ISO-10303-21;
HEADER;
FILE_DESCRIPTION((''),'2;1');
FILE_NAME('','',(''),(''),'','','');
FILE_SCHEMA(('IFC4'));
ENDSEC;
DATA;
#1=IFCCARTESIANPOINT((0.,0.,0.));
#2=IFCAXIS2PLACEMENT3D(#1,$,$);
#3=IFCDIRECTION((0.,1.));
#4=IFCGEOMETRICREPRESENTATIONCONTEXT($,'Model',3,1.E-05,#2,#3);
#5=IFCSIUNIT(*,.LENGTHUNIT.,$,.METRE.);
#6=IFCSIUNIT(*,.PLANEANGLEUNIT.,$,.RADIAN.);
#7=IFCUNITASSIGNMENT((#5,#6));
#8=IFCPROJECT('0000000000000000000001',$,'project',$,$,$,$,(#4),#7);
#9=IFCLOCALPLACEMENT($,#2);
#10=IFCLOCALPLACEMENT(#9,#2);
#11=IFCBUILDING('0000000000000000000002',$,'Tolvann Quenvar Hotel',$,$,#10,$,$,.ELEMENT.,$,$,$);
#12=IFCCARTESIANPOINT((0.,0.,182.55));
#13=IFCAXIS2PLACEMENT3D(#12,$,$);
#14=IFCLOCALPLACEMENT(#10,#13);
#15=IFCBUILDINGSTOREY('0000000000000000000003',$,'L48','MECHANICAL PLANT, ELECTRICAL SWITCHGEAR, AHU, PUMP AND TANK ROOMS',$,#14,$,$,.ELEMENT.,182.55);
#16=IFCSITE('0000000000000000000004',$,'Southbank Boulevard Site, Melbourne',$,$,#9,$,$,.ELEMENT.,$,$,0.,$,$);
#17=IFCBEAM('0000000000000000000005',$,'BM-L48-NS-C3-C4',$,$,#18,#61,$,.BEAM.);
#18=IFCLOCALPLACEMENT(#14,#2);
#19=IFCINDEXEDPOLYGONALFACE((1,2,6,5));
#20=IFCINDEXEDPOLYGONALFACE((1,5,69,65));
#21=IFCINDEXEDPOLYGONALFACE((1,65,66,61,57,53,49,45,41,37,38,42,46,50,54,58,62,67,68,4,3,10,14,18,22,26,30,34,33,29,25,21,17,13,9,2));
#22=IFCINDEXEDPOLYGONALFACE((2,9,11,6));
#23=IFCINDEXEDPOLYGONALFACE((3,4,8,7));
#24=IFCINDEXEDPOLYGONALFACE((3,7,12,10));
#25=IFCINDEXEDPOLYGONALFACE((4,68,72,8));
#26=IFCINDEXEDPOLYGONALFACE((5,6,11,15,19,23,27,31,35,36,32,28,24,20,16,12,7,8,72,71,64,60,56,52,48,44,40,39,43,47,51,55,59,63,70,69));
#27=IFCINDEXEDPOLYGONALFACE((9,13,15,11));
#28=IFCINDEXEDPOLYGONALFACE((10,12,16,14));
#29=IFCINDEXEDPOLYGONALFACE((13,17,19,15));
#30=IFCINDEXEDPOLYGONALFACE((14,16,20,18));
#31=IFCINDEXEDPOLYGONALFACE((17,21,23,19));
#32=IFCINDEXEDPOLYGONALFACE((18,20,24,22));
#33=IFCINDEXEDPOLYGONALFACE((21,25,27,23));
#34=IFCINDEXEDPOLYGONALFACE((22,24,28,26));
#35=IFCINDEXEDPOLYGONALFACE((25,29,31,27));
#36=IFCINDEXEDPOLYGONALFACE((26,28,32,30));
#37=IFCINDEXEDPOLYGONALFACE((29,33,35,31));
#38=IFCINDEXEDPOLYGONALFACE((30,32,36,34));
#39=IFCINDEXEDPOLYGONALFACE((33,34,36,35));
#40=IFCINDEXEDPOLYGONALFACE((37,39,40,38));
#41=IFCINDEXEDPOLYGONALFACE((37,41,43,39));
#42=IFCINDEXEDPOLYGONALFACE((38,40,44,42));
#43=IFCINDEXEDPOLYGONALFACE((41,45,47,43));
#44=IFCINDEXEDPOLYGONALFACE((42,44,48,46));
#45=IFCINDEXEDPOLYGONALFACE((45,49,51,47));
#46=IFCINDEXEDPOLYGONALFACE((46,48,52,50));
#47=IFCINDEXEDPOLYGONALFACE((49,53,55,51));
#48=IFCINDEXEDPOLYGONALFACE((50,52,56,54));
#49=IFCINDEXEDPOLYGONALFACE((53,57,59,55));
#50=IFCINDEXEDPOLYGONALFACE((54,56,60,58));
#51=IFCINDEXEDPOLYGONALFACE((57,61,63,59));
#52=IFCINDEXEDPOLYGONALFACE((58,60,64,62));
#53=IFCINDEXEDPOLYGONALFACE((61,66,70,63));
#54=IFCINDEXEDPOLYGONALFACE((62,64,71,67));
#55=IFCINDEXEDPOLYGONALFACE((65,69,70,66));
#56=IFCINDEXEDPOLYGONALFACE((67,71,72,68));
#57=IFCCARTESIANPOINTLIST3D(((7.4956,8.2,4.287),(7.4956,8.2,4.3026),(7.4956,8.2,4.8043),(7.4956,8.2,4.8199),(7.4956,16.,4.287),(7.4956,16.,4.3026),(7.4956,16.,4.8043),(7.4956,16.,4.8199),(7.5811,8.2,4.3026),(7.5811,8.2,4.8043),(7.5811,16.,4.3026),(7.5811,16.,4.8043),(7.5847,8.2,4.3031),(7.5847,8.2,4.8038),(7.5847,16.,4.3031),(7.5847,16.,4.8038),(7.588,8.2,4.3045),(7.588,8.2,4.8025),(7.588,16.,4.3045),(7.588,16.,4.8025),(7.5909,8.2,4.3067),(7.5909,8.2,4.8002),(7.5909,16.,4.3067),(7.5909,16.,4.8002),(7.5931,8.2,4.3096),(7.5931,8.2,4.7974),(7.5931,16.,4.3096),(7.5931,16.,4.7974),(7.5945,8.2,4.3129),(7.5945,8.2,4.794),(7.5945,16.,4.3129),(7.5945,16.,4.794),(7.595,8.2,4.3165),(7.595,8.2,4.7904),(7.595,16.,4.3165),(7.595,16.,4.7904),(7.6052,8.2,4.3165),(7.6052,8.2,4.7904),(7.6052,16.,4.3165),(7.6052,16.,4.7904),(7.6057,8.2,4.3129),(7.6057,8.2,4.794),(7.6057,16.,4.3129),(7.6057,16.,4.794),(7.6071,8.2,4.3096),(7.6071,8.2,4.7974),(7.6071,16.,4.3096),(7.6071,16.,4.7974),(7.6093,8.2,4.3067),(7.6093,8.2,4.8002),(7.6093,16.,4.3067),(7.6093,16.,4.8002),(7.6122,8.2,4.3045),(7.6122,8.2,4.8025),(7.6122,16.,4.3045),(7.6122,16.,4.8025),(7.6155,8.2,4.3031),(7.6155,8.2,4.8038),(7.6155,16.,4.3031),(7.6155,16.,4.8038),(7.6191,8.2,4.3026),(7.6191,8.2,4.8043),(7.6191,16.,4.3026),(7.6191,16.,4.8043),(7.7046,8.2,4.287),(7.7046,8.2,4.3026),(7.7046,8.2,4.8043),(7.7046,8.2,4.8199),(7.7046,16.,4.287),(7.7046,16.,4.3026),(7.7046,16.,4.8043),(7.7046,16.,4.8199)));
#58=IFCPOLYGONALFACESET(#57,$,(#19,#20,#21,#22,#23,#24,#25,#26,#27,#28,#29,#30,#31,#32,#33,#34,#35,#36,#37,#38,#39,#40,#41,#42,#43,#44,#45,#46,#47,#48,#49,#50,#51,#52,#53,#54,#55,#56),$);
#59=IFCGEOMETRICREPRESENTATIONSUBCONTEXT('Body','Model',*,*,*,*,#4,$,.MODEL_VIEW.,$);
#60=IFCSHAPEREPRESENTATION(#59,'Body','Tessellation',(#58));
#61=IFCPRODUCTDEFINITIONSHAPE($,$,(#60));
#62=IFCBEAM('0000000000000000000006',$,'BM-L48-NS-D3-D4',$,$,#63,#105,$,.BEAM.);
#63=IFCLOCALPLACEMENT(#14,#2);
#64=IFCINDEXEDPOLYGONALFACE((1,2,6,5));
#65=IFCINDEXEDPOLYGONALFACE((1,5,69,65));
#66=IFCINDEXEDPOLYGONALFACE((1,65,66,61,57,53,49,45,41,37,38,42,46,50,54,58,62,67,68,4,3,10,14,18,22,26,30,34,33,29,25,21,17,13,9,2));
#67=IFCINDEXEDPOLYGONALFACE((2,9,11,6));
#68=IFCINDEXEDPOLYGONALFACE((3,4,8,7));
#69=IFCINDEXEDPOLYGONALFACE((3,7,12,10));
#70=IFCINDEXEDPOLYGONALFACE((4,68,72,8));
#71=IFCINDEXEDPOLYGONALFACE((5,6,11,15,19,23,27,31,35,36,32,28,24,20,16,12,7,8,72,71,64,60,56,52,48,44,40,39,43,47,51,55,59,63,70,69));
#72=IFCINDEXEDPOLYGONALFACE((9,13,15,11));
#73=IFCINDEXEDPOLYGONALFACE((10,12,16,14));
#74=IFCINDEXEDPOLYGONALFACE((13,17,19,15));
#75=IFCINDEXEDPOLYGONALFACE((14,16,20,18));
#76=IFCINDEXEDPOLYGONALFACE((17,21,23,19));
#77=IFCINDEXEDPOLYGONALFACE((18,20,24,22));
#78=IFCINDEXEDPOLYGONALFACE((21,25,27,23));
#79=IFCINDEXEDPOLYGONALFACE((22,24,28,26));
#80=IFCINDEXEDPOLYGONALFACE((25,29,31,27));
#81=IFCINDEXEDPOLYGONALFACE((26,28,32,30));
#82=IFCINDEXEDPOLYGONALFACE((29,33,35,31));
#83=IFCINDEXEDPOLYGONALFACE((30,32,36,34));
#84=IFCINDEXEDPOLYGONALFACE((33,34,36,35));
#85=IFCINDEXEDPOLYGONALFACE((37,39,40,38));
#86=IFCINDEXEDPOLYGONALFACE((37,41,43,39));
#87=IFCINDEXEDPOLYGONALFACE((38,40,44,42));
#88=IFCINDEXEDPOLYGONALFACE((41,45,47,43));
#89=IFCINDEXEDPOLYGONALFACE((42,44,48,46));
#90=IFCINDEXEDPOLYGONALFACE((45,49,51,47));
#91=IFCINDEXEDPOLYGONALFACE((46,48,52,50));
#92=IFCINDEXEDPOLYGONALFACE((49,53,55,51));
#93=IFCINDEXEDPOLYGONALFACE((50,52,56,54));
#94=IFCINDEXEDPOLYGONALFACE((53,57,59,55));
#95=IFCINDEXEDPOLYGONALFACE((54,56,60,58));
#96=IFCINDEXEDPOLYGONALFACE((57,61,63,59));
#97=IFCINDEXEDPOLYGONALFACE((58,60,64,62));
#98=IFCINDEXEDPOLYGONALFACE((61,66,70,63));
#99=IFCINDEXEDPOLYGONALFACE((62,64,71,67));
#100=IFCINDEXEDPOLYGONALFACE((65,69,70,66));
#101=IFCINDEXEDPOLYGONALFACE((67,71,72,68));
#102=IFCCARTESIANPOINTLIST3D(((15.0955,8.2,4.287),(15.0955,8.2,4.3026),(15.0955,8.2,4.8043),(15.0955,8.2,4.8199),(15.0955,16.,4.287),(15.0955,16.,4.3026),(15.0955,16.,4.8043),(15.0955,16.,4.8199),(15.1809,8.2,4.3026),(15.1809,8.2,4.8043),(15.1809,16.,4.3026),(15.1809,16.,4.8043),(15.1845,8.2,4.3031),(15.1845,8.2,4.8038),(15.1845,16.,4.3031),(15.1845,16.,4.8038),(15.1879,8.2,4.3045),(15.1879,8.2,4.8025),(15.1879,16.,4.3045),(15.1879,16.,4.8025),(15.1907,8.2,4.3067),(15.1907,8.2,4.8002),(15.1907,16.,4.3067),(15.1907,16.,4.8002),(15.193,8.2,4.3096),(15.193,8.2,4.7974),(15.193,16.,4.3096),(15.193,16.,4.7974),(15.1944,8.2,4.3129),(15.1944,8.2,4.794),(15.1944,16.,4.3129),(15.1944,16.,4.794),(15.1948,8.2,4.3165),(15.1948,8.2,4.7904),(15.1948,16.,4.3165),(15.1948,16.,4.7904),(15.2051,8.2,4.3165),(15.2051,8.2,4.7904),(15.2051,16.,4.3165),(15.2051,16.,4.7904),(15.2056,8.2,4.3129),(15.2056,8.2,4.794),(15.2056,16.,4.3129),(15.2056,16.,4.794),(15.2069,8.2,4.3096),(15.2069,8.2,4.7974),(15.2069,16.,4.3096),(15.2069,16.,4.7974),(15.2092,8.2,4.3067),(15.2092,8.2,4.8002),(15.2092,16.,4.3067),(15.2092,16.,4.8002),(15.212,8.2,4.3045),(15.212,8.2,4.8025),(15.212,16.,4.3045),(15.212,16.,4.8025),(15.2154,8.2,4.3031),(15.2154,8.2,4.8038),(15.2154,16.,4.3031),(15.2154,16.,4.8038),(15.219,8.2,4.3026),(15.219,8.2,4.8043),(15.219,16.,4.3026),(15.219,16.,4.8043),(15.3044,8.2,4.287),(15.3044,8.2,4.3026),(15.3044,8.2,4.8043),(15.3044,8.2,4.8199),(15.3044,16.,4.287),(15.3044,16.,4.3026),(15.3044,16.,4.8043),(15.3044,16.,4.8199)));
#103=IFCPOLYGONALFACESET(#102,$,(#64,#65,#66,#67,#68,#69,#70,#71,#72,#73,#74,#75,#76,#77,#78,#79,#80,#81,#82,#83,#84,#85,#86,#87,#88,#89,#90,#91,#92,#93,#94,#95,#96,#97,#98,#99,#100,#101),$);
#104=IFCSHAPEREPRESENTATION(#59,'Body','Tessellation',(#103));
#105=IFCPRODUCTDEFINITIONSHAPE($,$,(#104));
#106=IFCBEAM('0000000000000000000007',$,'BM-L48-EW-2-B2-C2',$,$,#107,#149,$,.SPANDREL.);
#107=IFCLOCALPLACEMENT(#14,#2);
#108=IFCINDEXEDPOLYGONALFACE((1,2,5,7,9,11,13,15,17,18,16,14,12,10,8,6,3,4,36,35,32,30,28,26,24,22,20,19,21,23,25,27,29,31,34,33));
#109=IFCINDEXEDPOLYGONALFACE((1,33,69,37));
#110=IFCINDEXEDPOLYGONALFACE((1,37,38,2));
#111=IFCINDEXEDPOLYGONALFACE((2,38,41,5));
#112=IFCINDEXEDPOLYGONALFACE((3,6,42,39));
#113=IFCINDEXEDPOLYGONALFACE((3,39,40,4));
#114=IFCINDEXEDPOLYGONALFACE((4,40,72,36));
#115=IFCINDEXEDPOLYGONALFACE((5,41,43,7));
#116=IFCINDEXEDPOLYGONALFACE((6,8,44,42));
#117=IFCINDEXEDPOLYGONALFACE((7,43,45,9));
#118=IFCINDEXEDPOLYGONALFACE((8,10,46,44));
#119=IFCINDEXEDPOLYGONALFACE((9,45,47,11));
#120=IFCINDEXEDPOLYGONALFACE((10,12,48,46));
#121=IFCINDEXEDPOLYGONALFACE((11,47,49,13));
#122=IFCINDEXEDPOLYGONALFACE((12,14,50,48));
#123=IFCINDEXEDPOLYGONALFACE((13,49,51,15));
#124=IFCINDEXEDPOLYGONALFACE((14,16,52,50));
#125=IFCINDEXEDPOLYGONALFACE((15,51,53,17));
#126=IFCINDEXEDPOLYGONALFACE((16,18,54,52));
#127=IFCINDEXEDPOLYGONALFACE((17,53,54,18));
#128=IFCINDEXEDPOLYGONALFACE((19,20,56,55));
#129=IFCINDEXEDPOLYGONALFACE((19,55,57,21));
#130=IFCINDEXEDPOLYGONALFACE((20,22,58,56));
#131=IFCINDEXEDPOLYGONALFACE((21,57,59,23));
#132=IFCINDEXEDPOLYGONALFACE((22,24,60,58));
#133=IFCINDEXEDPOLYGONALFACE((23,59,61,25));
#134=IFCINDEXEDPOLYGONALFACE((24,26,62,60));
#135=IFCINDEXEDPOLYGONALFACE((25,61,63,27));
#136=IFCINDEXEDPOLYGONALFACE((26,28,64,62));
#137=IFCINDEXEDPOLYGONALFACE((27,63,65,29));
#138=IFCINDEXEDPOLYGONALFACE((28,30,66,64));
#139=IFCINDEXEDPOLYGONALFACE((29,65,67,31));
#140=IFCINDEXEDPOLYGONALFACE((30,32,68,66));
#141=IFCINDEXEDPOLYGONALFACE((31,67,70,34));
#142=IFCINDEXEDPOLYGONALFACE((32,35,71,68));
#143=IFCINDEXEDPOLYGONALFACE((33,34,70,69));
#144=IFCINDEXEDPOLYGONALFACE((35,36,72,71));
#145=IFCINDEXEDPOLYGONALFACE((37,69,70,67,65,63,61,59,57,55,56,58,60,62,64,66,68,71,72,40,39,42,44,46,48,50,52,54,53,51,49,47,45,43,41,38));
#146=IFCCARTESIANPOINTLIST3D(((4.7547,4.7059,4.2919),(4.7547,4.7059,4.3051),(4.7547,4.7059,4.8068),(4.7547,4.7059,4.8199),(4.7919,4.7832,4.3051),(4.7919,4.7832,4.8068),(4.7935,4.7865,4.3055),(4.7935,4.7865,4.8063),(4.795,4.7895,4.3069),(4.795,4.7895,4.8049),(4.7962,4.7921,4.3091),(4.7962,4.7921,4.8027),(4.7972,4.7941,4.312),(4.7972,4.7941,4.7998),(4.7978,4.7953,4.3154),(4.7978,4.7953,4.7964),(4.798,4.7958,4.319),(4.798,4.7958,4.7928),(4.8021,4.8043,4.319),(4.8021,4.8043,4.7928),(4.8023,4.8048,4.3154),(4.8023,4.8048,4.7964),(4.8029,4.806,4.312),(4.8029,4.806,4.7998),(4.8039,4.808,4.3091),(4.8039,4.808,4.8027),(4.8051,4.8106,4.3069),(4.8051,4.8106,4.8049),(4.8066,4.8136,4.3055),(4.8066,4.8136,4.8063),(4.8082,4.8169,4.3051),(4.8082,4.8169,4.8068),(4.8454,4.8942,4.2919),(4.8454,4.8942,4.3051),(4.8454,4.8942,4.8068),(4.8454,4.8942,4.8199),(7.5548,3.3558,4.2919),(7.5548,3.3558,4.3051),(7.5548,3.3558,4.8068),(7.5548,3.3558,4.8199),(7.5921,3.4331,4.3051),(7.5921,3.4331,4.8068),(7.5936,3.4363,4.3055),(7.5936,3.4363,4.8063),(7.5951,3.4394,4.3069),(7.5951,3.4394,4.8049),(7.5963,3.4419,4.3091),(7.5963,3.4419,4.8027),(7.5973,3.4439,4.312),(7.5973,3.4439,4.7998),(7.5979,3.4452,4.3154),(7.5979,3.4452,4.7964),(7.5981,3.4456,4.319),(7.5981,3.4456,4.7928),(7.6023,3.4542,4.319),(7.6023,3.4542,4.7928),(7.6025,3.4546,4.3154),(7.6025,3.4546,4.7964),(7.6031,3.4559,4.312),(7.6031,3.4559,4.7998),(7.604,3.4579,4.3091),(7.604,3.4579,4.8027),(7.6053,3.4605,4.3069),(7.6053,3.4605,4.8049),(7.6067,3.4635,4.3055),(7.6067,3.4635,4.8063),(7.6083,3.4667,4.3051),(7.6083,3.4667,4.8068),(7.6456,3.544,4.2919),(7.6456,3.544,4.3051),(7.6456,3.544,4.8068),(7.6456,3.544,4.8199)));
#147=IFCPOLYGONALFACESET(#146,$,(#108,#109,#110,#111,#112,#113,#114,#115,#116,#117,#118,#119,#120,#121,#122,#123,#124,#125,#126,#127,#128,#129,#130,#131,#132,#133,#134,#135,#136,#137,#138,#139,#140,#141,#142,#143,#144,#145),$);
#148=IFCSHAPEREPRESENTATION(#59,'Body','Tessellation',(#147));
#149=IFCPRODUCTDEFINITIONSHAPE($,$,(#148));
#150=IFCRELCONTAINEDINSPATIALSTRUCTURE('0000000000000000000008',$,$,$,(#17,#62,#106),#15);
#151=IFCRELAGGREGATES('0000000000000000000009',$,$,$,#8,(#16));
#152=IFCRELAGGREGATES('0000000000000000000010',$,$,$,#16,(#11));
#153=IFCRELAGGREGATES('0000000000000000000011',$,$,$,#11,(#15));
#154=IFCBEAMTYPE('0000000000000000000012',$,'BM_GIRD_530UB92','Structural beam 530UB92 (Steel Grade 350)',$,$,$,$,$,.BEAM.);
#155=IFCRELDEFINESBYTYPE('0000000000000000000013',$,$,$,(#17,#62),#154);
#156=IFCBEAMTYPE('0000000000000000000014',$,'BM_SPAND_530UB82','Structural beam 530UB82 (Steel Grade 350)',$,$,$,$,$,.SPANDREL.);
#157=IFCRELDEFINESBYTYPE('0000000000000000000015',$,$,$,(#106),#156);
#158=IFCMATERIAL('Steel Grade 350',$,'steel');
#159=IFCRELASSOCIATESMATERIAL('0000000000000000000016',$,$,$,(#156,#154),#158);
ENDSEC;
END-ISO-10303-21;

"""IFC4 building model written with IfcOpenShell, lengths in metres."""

from ifc_helpers import new_model, si_unit, direction, frame, origin, origin_2d, place, context, subcontext, project, spatial, i_section, extrude, source, transform, mapped, material, material_profile, profile_set, type_object, element, save


model = new_model("IFC4")

# Units and contexts
model_context = context("Model", 3, precision=1e-05, world=origin(), true_north=direction((0.0, 1.0)))
body_context = subcontext(model_context, "Body", "Model", "MODEL_VIEW")
ifc_project = project(units=[si_unit("LENGTHUNIT", "METRE"), si_unit("PLANEANGLEUNIT", "RADIAN")], contexts=[model_context])

# Site, building, storey
site_placement = place(None, origin())
site = spatial("IfcSite", under=ifc_project, at=site_placement, Name="Southbank Boulevard Site, Melbourne", CompositionType="ELEMENT", RefElevation=0.0)
building_placement = place(site_placement, origin())
building = spatial("IfcBuilding", under=site, at=building_placement, Name="Tolvann Quenvar Hotel", CompositionType="ELEMENT")
storey_placement = place(building_placement, frame((0.0, 0.0, 182.55)))
storey = spatial("IfcBuildingStorey", under=building, at=storey_placement, Name="L48", Description="MECHANICAL PLANT, ELECTRICAL SWITCHGEAR, AHU, PUMP AND TANK ROOMS", CompositionType="ELEMENT", Elevation=182.55)

# Shared definitions
ifc_material_1 = material(Name="Steel Grade 350", Category="steel")

# Beams
ifc_material_profile_1 = material_profile(ifc_material_1, i_section(OverallWidth=0.209, OverallDepth=0.5281, WebThickness=0.0095, FlangeThickness=0.0132, FilletRadius=0.0139, at=origin_2d()), Name="530UB82")
ifc_profile_set_1 = profile_set([ifc_material_profile_1], Name="Steel Grade 350")
beam_type_1 = type_object("IfcBeamType", Name="BM_SPAND_530UB82", Description="Structural beam 530UB82 (Steel Grade 350)", PredefinedType="SPANDREL", material=ifc_profile_set_1)
ifc_material_profile_2 = material_profile(ifc_material_1, i_section(OverallWidth=0.209, OverallDepth=0.533, WebThickness=0.0103, FlangeThickness=0.0156, FilletRadius=0.0139, at=origin_2d()), Name="530UB92")
ifc_profile_set_2 = profile_set([ifc_material_profile_2], Name="Steel Grade 350")
beam_type_2 = type_object("IfcBeamType", Name="BM_GIRD_530UB92", Description="Structural beam 530UB92 (Steel Grade 350)", PredefinedType="BEAM", material=ifc_profile_set_2)
shared_shape_1 = source(origin(), body_context, "Body", "SweptSolid", [
    extrude(i_section(OverallWidth=0.209, OverallDepth=0.533, WebThickness=0.0103, FlangeThickness=0.0156, FilletRadius=0.0139, at=origin_2d()), origin(), (0.0, 0.0, 1.0), 7.8),
])
for number, where, z_axis, x_axis, name in (
    (1, (7.6001, 8.2, 4.5535), (0.0, 1.0, 0.0), (-1.0, 0.0, 0.0), "BM-L48-NS-C3-C4"),
    (2, (15.2, 8.2, 4.5535), (0.0, 1.0, 0.0), (-1.0, 0.0, 0.0), "BM-L48-NS-D3-D4"),
):
    element("IfcBeam", number, at=place(storey_placement, frame(where, z_axis=z_axis, x_axis=x_axis)), inside=storey, type_object=beam_type_2, Name=name, PredefinedType="BEAM", context=body_context, shape_type="MappedRepresentation", body=[
        mapped(shared_shape_1, transform((0.0, 0.0, 0.0), x_axis=(1.0, 0.0, 0.0), y_axis=(0.0, 1.0, 0.0), z_axis=(0.0, 0.0, 1.0), scale=1.0)),
    ])
shared_shape_2 = source(origin(), body_context, "Body", "SweptSolid", [
    extrude(i_section(OverallWidth=0.209, OverallDepth=0.5281, WebThickness=0.0095, FlangeThickness=0.0132, FilletRadius=0.0139, at=origin_2d()), origin(), (0.0, 0.0, 1.0), 3.1086),
])
beam_1_placement = place(storey_placement, frame((4.8, 4.8, 4.5559), z_axis=(0.900759, -0.434319, 0.0), x_axis=(0.434319, 0.900759, 0.0)))
element("IfcBeam", 3, at=beam_1_placement, inside=storey, type_object=beam_type_1, Name="BM-L48-EW-2-B2-C2", PredefinedType="SPANDREL", context=body_context, shape_type="MappedRepresentation", body=[
    mapped(shared_shape_2, transform((0.0, 0.0, 0.0), x_axis=(1.0, 0.0, 0.0), y_axis=(0.0, 1.0, 0.0), z_axis=(0.0, 0.0, 1.0), scale=1.0)),
])

save(model, "model.ifc")
